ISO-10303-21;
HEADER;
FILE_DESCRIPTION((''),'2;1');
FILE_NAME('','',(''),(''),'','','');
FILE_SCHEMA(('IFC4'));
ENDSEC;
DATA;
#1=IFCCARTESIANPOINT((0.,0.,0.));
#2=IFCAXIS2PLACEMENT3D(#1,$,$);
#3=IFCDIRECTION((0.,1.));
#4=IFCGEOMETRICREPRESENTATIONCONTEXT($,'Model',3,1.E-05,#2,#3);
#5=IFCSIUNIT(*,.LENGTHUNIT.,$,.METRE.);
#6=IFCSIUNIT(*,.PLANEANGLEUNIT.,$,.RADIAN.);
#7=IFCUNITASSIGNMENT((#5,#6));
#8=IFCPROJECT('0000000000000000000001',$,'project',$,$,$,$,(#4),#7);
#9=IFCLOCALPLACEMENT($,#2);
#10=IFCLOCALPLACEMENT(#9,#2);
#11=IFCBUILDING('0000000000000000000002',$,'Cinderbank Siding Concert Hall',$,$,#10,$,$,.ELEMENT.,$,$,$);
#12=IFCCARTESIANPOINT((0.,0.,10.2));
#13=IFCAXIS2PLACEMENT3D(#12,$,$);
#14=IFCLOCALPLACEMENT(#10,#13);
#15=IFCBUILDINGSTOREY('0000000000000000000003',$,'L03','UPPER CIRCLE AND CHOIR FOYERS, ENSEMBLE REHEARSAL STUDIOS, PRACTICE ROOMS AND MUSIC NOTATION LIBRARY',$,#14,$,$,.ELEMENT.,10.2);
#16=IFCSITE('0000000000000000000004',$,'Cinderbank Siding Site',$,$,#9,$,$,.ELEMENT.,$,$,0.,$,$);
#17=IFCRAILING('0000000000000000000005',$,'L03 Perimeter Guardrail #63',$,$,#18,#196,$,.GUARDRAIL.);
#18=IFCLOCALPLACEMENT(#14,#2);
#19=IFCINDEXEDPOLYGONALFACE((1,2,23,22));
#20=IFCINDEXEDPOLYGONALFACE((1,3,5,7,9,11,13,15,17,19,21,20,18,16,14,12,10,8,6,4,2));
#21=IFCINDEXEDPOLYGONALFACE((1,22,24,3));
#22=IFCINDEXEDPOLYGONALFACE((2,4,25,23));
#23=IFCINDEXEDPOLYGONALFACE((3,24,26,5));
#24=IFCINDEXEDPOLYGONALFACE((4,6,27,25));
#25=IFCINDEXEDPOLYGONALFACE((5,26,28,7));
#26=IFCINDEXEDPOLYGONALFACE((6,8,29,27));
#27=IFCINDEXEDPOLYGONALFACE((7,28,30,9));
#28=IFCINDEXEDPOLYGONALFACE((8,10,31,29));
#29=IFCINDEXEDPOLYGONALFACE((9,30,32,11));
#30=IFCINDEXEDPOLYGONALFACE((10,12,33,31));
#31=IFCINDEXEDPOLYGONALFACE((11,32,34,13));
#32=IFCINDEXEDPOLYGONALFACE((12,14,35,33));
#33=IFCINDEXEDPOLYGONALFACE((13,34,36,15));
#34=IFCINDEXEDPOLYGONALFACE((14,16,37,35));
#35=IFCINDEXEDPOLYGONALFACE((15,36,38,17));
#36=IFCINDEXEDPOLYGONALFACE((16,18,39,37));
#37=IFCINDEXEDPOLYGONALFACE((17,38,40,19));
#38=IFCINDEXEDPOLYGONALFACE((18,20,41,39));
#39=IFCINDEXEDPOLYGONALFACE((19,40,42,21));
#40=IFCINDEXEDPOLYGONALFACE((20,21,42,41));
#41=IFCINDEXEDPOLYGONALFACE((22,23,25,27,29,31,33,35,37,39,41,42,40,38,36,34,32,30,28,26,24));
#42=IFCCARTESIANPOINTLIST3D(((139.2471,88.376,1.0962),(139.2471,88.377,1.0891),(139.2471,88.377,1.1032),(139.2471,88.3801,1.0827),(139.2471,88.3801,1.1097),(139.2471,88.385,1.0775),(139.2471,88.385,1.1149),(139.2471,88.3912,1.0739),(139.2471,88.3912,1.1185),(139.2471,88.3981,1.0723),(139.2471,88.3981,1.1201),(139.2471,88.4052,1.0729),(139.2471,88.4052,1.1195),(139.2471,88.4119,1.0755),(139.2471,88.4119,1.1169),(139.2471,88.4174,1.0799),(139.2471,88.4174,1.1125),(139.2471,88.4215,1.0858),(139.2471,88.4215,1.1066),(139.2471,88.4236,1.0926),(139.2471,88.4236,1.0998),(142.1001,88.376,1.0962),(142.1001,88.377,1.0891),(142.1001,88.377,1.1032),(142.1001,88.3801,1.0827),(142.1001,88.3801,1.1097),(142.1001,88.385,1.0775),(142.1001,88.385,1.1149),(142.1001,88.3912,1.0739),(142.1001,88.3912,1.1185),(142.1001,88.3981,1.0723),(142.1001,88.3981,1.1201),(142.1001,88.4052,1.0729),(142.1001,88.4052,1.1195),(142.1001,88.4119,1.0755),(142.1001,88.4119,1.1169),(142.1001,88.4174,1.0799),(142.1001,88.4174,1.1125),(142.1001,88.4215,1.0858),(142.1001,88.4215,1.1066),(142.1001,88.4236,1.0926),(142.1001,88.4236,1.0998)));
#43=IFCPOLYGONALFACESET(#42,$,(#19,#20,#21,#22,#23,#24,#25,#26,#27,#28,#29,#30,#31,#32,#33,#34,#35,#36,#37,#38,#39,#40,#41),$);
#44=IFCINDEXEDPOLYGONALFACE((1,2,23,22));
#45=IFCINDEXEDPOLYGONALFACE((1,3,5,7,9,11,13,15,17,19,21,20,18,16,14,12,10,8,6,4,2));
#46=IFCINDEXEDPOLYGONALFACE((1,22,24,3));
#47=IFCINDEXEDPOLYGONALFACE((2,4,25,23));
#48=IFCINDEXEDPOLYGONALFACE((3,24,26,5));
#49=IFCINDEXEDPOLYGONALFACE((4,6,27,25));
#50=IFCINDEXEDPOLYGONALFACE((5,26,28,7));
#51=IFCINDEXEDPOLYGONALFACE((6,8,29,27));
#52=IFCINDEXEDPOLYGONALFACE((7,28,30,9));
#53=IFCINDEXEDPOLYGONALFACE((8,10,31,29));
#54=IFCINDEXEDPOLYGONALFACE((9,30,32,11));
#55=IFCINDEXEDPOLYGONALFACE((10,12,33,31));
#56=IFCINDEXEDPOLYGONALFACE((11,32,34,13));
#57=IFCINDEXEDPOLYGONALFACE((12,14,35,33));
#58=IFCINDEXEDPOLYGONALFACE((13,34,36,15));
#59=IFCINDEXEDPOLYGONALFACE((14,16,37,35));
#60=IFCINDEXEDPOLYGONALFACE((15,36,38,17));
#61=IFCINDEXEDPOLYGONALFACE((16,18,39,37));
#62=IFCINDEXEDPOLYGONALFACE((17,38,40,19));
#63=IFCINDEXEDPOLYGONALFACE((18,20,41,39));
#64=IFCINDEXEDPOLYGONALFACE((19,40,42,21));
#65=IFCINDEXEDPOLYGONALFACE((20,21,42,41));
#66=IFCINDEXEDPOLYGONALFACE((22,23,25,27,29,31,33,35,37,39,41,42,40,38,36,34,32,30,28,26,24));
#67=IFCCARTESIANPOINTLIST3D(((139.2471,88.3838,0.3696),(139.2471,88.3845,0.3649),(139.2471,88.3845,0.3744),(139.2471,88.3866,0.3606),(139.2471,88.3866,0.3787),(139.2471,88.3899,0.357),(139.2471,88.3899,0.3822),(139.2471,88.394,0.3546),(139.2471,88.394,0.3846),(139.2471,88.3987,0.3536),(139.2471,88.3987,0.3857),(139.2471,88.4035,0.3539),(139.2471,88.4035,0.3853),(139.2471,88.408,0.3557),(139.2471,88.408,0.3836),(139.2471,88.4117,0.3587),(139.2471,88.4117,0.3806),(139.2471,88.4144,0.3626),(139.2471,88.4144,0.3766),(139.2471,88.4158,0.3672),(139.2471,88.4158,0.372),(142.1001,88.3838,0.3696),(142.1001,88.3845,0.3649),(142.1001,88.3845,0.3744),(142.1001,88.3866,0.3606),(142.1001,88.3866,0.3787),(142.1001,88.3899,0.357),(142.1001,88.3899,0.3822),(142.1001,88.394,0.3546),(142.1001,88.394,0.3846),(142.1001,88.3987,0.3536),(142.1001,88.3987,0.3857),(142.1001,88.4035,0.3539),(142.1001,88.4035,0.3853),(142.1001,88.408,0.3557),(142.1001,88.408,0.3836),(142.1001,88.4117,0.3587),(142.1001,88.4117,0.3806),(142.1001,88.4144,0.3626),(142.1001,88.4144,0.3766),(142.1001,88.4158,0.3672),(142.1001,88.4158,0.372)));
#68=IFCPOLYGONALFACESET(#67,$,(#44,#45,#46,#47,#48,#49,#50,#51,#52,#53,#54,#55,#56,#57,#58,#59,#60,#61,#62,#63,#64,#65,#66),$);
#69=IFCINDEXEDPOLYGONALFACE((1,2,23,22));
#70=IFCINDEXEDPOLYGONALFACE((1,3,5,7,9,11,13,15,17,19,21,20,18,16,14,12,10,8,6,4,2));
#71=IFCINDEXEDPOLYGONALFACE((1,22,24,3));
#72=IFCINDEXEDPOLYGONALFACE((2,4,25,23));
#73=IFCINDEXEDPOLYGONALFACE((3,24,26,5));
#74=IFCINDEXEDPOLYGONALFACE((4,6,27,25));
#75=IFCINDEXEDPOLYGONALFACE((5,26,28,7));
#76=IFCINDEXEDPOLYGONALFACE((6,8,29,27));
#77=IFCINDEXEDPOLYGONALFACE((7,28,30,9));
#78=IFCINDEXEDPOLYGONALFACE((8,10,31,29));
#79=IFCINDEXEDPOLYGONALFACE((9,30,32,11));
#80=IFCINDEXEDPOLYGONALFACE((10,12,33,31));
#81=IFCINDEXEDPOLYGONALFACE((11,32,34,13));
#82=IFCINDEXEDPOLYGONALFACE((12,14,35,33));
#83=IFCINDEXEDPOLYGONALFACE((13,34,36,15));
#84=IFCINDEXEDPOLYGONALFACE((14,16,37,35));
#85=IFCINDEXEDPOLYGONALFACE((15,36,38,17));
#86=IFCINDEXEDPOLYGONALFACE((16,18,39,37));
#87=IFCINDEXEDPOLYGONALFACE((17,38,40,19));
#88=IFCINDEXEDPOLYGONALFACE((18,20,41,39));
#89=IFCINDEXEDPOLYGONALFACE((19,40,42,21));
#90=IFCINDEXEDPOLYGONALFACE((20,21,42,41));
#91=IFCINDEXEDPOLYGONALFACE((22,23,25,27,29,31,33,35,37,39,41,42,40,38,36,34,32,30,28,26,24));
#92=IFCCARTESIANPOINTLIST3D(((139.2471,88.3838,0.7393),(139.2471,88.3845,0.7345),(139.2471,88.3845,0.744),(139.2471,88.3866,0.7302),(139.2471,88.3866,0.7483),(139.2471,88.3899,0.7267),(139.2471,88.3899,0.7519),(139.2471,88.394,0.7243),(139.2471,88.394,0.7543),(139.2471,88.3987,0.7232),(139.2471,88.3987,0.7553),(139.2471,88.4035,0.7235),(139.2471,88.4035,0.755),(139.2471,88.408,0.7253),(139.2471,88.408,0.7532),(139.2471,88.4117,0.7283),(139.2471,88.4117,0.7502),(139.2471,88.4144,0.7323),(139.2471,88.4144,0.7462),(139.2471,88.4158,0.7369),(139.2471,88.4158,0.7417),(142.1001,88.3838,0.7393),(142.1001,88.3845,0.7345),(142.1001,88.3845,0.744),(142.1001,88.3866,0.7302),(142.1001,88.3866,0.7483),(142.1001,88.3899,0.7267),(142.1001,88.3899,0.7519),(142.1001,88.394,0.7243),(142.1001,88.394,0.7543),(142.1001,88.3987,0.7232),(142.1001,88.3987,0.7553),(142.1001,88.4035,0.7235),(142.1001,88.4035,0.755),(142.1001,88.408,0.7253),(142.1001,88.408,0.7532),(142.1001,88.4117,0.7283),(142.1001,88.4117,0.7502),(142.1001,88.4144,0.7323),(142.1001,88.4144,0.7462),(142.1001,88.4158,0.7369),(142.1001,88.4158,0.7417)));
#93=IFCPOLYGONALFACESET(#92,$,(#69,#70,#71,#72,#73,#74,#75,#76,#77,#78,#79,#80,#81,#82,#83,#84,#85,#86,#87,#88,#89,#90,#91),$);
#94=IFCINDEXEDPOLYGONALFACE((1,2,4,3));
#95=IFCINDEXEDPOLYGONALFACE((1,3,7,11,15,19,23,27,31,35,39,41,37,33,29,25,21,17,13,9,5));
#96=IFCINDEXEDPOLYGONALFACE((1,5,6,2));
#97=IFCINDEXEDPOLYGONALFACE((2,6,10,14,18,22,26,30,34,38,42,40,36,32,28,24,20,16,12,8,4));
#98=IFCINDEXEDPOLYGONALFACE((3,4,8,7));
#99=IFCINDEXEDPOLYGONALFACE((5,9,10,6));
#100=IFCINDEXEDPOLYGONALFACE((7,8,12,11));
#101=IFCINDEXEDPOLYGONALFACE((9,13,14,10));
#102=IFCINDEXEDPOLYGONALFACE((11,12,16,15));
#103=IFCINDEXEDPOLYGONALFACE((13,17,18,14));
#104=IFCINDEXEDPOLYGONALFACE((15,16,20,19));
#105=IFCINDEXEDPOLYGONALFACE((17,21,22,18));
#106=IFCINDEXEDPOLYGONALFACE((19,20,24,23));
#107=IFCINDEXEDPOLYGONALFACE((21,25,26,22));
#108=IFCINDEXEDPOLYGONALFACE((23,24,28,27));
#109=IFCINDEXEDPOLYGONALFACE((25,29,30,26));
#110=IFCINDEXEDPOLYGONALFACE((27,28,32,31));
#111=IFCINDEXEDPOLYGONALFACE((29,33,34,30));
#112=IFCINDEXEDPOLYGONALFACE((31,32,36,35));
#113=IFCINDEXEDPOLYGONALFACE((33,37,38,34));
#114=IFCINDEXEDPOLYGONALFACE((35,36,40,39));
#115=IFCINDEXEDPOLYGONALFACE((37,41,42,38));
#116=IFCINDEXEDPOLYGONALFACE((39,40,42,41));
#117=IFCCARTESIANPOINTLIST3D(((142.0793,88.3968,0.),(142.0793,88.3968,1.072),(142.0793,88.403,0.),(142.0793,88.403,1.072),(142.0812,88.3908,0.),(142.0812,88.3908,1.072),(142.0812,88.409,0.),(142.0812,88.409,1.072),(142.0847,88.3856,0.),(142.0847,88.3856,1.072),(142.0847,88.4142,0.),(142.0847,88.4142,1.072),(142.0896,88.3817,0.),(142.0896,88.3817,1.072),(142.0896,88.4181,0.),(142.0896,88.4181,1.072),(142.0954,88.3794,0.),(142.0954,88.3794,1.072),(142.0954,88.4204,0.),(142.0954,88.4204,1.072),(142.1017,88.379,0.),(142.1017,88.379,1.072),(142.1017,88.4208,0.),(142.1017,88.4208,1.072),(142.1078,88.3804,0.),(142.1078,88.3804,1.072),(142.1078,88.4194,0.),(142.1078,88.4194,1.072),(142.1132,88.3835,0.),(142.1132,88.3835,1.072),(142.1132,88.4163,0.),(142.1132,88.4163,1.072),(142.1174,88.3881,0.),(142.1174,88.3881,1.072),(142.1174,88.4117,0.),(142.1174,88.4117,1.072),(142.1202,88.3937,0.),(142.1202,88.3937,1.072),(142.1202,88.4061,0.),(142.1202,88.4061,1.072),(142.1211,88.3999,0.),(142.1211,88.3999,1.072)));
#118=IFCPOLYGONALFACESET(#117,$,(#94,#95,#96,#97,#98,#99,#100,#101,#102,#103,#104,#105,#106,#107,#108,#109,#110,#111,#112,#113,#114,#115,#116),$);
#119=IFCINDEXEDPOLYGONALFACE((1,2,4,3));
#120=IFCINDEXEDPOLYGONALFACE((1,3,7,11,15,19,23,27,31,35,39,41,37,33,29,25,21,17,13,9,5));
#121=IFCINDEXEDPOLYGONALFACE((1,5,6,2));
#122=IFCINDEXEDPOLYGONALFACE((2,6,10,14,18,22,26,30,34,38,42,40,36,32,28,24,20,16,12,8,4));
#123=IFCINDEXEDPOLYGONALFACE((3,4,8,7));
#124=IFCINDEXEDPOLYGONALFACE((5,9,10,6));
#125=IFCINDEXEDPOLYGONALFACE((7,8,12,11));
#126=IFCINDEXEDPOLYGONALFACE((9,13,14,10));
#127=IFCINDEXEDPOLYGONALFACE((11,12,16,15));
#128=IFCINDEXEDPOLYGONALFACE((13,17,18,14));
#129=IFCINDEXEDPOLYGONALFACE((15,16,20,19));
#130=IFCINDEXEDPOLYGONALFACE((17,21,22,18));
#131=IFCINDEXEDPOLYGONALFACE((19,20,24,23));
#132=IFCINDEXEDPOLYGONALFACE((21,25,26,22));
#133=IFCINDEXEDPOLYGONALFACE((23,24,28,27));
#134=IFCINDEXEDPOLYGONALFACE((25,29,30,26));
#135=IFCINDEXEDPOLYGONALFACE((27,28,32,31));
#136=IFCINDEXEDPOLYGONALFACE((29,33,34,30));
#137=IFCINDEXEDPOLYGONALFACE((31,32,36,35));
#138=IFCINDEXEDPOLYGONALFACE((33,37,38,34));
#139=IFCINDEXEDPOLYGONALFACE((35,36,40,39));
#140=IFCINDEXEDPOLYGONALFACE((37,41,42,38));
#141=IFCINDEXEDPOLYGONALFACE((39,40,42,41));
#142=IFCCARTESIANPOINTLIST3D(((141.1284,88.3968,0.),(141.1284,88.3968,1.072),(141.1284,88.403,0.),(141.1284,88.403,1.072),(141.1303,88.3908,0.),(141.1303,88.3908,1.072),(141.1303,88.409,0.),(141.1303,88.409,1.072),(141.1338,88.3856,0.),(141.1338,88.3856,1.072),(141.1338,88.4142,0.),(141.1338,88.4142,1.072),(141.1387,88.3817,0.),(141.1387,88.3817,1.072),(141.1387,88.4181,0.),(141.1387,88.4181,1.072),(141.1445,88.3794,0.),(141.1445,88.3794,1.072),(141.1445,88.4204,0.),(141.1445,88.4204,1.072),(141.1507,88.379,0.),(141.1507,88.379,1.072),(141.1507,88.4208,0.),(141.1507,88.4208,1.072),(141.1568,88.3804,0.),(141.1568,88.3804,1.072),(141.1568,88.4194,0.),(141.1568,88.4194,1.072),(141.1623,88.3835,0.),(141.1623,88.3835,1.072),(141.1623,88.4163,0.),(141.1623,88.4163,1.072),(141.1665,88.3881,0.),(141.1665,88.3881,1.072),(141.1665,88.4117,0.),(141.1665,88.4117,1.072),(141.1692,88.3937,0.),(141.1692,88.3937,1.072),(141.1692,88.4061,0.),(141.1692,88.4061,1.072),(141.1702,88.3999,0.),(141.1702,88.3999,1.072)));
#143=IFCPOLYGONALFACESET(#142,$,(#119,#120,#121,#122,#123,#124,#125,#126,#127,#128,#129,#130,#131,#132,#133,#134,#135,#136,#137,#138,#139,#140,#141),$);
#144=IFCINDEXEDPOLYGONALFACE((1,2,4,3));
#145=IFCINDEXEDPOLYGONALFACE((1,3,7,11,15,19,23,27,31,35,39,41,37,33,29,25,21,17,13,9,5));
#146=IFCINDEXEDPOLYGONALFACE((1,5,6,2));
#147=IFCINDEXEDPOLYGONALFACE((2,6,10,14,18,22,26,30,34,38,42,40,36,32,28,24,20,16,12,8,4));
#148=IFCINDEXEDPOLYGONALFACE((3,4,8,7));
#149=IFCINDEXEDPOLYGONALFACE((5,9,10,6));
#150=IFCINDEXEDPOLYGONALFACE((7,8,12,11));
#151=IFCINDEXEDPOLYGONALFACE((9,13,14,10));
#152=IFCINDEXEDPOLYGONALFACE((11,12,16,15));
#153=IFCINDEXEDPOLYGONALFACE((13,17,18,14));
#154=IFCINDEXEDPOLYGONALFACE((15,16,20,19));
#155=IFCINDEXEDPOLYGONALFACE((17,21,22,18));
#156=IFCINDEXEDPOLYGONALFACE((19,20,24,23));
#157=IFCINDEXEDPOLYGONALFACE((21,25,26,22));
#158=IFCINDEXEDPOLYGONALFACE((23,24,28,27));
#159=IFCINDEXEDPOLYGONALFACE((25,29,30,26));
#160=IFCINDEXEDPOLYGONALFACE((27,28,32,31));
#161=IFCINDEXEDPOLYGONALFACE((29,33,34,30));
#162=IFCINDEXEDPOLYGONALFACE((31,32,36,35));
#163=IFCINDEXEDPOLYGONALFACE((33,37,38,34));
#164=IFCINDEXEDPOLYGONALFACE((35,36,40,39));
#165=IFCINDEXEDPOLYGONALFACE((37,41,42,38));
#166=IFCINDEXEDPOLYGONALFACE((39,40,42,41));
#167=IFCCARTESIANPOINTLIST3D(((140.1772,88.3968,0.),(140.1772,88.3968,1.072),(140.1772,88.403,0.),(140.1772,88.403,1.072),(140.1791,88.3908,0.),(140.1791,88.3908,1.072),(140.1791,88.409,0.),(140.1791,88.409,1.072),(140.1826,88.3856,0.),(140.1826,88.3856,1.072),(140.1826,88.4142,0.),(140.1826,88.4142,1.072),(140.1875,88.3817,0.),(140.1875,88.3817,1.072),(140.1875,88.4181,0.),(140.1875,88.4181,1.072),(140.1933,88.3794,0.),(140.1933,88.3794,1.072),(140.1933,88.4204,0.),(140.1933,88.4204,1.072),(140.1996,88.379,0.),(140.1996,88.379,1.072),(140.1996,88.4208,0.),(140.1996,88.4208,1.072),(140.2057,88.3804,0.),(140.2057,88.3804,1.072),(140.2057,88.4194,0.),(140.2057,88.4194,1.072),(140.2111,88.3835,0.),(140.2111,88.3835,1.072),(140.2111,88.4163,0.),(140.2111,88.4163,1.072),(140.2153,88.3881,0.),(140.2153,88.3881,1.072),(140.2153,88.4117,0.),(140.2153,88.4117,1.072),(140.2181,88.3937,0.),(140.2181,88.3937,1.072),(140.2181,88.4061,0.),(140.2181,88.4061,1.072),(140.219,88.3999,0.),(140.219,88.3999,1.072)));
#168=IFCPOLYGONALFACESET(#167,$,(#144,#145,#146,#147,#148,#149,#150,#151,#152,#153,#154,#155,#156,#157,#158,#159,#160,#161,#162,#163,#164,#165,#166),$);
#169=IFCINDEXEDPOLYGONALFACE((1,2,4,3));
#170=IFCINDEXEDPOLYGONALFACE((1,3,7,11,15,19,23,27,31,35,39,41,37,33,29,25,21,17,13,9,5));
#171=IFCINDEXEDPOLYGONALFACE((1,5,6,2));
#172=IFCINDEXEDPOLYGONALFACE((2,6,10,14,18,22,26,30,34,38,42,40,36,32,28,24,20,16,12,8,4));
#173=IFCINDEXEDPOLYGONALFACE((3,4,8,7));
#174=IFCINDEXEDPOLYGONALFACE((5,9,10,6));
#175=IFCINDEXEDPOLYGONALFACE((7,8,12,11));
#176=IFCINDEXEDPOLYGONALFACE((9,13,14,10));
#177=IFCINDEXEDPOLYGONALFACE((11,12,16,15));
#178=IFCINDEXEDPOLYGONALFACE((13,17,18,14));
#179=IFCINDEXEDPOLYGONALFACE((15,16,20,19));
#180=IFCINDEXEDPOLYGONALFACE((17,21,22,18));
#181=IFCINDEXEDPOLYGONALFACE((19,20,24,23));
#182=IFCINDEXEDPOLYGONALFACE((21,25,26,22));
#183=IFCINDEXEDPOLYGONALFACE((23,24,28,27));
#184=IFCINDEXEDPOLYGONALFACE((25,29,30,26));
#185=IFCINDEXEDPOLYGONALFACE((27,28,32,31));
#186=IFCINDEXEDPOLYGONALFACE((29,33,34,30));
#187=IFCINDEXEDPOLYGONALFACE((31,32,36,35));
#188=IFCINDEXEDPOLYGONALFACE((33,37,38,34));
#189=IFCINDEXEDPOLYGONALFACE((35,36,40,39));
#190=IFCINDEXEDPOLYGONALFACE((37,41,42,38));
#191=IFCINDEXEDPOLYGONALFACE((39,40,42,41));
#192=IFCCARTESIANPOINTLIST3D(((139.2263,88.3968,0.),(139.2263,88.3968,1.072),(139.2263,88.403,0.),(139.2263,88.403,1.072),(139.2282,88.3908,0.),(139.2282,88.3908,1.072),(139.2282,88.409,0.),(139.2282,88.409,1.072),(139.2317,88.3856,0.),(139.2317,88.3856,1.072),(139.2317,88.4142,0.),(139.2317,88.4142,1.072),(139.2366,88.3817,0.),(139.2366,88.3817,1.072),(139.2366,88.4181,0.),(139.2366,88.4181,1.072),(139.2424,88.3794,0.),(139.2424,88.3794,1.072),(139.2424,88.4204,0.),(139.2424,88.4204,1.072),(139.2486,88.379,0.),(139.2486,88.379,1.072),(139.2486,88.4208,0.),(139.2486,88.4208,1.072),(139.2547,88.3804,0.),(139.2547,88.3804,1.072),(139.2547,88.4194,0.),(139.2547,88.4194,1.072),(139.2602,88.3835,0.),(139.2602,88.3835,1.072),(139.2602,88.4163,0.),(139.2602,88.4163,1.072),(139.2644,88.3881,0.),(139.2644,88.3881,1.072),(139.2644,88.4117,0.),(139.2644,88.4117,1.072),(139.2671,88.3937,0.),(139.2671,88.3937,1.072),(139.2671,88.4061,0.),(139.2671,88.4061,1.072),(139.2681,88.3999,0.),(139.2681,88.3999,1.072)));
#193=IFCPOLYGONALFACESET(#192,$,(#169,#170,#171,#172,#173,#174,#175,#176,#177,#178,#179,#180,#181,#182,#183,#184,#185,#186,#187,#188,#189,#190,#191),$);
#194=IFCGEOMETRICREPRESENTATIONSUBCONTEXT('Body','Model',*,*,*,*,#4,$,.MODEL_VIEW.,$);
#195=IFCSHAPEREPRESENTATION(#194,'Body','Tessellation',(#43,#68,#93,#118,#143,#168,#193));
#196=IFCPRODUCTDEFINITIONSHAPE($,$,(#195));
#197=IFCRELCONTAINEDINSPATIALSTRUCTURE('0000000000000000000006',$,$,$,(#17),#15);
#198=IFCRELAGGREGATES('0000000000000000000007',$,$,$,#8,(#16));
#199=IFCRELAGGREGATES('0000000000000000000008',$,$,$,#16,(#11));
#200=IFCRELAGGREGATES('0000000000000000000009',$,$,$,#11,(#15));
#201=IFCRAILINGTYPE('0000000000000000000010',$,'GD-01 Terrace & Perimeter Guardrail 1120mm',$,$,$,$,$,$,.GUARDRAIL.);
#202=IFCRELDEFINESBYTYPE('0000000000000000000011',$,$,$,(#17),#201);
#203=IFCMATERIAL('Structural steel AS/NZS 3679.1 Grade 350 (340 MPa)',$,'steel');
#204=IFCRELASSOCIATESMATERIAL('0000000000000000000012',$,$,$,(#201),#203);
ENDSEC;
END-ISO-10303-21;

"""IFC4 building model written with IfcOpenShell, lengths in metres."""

from ifc_helpers import new_model, si_unit, direction, frame, origin, origin_2d, place, context, subcontext, project, spatial, circle, extrude, material, type_object, element, save


model = new_model("IFC4")

# Units and contexts
model_context = context("Model", 3, precision=1e-05, world=origin(), true_north=direction((0.0, 1.0)))
body_context = subcontext(model_context, "Body", "Model", "MODEL_VIEW")
ifc_project = project(units=[si_unit("LENGTHUNIT", "METRE"), si_unit("PLANEANGLEUNIT", "RADIAN")], contexts=[model_context])

# Site, building, storey
site_placement = place(None, origin())
site = spatial("IfcSite", under=ifc_project, at=site_placement, Name="Cinderbank Siding Site", CompositionType="ELEMENT", RefElevation=0.0)
building_placement = place(site_placement, origin())
building = spatial("IfcBuilding", under=site, at=building_placement, Name="Cinderbank Siding Concert Hall", CompositionType="ELEMENT")
storey_placement = place(building_placement, frame((0.0, 0.0, 10.2)))
storey = spatial("IfcBuildingStorey", under=building, at=storey_placement, Name="L03", Description="UPPER CIRCLE AND CHOIR FOYERS, ENSEMBLE REHEARSAL STUDIOS, PRACTICE ROOMS AND MUSIC NOTATION LIBRARY", CompositionType="ELEMENT", Elevation=10.2)

# Shared definitions
ifc_material_1 = material(Name="Structural steel AS/NZS 3679.1 Grade 350 (340 MPa)", Category="steel")

# Railing
railing_type_1 = type_object("IfcRailingType", Name="GD-01 Terrace & Perimeter Guardrail 1120mm", PredefinedType="GUARDRAIL", material=ifc_material_1)
railing_1_placement = place(storey_placement, frame((142.1001, 88.3999, 0.0)))
element("IfcRailing", 1, at=railing_1_placement, inside=storey, type_object=railing_type_1, Name="L03 Perimeter Guardrail #63", PredefinedType="GUARDRAIL", context=body_context, shape_type="SweptSolid", body=[
    extrude(circle(Radius=0.0239, at=origin_2d()), frame((0.0, 0.0, 1.0962), z_axis=(-1.0, 0.0, 0.0), x_axis=(0.0, -1.0, 0.0)), (0.0, 0.0, 1.0), 2.853),
    extrude(circle(Radius=0.0161, at=origin_2d()), frame((0.0, 0.0, 0.3696), z_axis=(-1.0, 0.0, 0.0), x_axis=(0.0, -1.0, 0.0)), (0.0, 0.0, 1.0), 2.853),
    extrude(circle(Radius=0.0161, at=origin_2d()), frame((0.0, 0.0, 0.7393), z_axis=(-1.0, 0.0, 0.0), x_axis=(0.0, -1.0, 0.0)), (0.0, 0.0, 1.0), 2.853),
    extrude(circle(Radius=0.021, at=origin_2d()), origin(), (0.0, 0.0, 1.0), 1.072),
    extrude(circle(Radius=0.021, at=origin_2d()), frame((-0.9509, 0.0, 0.0)), (0.0, 0.0, 1.0), 1.072),
    extrude(circle(Radius=0.021, at=origin_2d()), frame((-1.9021, 0.0, 0.0)), (0.0, 0.0, 1.0), 1.072),
    extrude(circle(Radius=0.021, at=origin_2d()), frame((-2.853, 0.0, 0.0)), (0.0, 0.0, 1.0), 1.072),
])

save(model, "model.ifc")
